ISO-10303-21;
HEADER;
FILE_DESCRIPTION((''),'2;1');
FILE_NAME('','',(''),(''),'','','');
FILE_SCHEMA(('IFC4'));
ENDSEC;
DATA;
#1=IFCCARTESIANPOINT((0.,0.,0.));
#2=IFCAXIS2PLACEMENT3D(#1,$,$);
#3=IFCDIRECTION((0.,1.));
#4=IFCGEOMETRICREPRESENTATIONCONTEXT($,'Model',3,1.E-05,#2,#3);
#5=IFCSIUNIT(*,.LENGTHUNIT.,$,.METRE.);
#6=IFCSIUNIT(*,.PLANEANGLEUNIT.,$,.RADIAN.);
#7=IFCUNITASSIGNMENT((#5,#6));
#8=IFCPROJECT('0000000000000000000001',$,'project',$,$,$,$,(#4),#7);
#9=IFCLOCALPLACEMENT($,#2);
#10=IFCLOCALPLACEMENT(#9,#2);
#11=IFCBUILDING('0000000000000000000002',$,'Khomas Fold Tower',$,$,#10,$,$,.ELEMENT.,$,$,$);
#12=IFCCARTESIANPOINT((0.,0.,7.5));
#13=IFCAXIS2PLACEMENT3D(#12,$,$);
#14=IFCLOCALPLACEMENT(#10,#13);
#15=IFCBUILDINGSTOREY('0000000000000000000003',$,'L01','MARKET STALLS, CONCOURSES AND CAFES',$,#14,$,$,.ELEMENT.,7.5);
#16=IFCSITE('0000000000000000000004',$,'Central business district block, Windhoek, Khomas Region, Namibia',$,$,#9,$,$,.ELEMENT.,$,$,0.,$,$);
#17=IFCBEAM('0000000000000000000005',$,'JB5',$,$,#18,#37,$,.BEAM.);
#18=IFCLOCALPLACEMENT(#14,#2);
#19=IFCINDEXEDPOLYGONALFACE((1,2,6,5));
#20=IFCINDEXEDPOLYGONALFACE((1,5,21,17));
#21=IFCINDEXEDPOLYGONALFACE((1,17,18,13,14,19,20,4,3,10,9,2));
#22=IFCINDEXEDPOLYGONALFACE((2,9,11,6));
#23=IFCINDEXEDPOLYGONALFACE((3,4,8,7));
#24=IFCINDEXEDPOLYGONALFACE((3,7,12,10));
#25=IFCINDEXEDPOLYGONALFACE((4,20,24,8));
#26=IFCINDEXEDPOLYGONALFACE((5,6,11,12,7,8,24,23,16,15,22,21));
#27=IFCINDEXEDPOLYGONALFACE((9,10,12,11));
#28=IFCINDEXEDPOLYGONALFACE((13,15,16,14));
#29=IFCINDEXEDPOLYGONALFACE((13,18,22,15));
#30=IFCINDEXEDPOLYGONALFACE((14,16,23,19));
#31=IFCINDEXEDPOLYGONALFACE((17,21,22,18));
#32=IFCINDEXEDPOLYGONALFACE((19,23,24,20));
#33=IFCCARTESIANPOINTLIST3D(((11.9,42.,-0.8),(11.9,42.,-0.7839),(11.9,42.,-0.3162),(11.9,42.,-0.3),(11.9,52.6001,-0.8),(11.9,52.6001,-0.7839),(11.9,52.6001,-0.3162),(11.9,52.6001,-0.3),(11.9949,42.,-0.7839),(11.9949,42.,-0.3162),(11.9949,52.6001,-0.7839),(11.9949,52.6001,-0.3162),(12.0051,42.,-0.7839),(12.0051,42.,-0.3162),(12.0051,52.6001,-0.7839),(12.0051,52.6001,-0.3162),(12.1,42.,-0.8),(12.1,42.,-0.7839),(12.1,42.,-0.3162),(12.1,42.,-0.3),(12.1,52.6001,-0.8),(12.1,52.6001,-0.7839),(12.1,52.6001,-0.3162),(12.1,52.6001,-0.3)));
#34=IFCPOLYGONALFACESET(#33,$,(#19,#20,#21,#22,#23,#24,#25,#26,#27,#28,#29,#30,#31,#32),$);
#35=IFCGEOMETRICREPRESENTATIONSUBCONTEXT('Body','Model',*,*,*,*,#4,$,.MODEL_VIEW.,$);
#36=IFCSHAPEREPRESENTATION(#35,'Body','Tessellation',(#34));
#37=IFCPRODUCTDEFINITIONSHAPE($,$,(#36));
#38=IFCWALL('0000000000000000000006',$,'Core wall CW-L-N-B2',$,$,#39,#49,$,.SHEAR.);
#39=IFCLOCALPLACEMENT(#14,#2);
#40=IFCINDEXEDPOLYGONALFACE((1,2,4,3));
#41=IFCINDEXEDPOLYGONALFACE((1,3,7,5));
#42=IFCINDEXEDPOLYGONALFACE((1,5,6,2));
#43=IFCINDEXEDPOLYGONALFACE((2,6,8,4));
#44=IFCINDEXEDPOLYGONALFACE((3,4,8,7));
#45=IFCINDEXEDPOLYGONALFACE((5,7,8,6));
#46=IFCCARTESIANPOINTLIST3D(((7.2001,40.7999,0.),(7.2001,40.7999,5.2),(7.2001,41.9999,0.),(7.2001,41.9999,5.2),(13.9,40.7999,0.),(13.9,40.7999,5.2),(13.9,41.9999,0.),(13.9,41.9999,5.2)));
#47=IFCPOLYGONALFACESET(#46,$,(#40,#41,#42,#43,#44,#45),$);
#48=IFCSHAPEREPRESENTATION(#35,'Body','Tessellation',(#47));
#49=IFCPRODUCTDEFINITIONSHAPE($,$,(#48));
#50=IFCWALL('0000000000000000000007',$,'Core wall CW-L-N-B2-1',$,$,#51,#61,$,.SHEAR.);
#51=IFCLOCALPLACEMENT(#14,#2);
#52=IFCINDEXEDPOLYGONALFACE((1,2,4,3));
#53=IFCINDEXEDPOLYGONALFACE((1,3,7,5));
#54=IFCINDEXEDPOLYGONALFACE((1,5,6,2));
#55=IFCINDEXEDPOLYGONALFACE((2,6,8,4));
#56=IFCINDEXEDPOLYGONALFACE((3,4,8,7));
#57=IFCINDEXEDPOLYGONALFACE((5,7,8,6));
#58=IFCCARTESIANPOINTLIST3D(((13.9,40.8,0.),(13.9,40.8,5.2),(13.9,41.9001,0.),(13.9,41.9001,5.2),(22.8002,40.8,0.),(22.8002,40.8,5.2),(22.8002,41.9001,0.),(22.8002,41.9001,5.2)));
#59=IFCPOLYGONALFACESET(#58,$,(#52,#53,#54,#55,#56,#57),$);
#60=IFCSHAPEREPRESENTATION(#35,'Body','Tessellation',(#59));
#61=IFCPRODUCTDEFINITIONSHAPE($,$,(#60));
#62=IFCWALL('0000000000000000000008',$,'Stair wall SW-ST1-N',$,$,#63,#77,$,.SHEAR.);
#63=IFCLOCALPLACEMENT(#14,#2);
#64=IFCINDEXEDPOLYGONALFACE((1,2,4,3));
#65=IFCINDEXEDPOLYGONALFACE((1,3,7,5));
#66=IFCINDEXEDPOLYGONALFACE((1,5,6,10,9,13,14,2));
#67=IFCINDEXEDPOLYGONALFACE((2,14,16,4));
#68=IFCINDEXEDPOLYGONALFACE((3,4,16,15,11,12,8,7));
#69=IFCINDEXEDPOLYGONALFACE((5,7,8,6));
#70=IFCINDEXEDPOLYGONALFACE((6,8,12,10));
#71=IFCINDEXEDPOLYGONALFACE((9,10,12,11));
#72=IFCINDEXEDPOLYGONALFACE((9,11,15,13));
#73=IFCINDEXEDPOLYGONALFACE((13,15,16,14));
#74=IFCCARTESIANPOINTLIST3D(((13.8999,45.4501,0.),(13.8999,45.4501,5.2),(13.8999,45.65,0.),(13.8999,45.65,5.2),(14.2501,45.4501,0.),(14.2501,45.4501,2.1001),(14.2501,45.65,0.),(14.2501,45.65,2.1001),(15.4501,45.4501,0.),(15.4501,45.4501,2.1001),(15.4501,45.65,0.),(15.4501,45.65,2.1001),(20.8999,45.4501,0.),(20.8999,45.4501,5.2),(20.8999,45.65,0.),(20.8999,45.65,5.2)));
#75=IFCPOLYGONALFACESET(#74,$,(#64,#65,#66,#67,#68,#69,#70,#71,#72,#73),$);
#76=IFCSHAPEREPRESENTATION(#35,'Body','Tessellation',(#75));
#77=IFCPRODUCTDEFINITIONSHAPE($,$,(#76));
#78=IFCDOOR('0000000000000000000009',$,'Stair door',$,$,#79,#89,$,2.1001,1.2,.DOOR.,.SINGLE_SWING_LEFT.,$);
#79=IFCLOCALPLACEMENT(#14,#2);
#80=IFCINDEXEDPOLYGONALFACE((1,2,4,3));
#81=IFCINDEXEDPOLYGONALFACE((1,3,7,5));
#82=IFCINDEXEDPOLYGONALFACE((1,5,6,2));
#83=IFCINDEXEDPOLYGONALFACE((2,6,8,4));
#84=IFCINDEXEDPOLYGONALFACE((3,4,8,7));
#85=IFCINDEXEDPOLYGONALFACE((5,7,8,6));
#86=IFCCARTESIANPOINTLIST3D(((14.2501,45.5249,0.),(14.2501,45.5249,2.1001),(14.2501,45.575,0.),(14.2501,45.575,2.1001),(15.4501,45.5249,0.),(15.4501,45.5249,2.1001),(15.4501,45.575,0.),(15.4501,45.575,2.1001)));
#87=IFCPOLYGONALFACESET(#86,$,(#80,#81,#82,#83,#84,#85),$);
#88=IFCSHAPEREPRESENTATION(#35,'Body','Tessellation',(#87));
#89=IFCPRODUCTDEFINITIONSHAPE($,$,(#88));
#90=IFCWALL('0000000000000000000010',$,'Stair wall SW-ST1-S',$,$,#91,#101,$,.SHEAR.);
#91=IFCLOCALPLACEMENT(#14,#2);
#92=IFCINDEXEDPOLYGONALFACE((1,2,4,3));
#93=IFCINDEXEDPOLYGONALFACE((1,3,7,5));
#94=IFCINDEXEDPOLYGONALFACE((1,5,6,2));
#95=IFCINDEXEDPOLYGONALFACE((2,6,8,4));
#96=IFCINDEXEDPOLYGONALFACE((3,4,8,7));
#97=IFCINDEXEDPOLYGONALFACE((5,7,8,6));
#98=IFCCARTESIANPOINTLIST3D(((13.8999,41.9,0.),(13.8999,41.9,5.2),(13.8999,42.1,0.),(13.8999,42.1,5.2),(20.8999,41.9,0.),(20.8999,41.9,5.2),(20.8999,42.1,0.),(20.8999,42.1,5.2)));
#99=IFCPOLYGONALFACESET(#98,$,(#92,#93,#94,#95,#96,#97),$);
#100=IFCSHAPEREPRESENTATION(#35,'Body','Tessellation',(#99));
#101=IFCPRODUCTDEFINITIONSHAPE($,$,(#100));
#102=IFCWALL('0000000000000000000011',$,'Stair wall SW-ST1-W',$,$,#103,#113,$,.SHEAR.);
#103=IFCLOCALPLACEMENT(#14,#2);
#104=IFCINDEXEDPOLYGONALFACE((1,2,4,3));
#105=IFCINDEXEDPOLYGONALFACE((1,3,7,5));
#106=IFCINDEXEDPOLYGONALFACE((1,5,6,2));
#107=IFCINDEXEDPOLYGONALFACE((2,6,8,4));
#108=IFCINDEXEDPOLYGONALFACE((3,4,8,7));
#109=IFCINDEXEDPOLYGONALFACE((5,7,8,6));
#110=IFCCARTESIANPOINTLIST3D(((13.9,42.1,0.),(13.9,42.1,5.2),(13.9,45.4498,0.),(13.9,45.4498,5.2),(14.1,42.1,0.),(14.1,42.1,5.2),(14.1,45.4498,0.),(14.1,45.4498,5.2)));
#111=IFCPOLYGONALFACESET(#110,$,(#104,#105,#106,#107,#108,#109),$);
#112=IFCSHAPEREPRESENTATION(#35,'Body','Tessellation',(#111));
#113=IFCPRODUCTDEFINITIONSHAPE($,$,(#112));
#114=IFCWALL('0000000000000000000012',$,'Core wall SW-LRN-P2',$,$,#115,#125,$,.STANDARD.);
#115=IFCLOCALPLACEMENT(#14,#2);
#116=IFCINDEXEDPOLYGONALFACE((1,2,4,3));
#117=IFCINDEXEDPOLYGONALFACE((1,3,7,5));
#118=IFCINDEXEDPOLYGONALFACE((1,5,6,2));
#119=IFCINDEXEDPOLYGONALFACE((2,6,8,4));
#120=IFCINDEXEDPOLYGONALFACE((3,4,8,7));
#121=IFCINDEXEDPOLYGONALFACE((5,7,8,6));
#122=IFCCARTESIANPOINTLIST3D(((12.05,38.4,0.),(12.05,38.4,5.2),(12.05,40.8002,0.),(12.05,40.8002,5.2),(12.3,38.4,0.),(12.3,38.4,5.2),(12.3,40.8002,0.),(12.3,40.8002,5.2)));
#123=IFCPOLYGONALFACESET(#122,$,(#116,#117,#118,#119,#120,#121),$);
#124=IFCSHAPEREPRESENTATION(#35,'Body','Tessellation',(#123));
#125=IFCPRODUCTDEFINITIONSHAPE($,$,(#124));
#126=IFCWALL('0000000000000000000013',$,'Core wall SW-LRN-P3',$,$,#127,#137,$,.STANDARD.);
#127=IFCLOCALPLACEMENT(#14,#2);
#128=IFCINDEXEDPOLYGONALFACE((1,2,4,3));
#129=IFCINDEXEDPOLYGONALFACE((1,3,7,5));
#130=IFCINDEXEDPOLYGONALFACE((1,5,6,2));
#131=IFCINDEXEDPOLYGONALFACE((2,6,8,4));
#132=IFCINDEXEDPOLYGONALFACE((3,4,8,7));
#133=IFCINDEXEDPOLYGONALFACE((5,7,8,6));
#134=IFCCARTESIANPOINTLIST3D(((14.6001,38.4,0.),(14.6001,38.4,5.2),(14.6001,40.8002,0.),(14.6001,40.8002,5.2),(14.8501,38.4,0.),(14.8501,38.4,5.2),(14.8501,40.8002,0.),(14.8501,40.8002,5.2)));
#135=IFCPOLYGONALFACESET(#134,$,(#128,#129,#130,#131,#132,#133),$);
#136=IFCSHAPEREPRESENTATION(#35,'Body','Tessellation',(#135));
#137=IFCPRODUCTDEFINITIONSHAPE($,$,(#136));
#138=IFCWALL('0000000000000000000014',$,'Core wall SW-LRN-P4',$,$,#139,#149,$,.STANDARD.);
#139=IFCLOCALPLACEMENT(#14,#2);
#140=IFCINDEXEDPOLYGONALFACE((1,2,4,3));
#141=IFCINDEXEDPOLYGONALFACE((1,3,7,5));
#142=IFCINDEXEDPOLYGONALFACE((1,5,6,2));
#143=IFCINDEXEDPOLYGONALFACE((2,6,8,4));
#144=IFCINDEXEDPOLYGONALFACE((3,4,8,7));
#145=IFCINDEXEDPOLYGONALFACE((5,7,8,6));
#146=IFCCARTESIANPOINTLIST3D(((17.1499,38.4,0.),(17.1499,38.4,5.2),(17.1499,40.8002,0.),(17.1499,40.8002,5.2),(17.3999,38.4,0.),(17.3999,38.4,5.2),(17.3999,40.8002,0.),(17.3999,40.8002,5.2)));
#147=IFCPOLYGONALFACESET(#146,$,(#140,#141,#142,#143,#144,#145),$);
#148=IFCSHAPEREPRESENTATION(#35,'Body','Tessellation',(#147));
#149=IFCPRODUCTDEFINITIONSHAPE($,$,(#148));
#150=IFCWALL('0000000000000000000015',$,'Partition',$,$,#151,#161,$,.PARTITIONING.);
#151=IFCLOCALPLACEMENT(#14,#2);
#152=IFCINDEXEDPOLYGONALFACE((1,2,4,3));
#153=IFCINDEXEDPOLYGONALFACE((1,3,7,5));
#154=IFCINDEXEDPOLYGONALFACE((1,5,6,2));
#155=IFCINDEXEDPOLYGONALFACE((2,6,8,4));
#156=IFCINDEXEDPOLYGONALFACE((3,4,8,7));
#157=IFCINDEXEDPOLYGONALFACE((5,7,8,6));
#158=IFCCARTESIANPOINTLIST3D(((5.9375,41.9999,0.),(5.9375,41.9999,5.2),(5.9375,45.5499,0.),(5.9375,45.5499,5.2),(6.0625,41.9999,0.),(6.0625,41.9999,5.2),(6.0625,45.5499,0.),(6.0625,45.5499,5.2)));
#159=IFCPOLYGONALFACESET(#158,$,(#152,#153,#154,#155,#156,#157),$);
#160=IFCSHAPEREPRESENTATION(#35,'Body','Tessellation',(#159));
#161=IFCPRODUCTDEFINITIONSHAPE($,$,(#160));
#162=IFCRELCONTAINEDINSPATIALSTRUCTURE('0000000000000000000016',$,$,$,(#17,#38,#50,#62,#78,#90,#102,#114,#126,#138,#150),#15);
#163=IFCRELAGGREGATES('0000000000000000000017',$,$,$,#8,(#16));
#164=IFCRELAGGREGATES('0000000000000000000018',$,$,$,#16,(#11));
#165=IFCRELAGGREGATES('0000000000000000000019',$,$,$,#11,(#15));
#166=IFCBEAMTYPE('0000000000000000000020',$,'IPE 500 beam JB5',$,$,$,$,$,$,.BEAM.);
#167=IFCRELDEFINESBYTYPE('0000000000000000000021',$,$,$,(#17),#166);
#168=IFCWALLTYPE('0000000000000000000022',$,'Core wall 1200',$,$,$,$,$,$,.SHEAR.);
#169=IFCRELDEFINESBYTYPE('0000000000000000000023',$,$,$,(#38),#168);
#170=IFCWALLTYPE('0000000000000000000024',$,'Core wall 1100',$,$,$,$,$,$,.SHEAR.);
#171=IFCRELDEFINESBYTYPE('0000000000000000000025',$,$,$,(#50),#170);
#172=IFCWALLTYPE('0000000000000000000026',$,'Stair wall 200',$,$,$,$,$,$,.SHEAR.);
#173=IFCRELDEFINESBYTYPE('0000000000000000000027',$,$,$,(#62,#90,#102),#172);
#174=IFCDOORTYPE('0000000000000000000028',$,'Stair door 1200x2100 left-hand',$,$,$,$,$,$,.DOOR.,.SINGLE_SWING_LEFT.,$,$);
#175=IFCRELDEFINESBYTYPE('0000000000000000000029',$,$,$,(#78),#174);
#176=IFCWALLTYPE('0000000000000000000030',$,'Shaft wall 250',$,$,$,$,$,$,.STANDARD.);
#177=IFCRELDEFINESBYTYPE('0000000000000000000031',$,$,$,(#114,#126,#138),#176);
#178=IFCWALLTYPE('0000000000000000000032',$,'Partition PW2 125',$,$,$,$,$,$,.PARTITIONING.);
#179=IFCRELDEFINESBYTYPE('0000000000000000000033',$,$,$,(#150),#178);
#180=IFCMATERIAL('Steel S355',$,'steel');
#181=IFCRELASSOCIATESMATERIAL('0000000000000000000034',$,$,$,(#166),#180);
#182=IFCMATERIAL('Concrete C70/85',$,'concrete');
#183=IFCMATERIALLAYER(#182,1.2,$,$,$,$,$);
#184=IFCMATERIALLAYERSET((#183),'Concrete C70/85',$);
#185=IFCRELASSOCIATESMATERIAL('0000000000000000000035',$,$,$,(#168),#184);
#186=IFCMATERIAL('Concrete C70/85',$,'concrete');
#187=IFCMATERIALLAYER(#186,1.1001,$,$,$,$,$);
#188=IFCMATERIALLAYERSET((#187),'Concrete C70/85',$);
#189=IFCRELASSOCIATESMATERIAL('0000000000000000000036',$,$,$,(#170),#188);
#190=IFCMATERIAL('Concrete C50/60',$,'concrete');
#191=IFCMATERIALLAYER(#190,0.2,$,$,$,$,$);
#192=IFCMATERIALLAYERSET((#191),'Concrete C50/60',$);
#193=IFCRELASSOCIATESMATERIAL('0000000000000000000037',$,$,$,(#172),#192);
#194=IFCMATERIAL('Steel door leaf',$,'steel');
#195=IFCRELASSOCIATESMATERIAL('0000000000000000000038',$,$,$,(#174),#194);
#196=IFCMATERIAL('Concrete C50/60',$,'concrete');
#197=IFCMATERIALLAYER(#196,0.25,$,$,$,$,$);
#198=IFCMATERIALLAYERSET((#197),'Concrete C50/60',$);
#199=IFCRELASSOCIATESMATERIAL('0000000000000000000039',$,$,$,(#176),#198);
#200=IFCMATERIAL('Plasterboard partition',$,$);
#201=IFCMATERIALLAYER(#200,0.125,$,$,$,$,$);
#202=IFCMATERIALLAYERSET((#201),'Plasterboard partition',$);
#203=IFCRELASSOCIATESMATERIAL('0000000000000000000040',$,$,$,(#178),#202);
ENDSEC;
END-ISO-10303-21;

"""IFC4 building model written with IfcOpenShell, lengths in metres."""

from ifc_helpers import new_model, si_unit, direction, frame, frame_2d, origin, origin_2d, place, context, subcontext, project, spatial, rectangle, i_section, extrude, source, transform, mapped, material, layer, layer_set, material_profile, profile_set, type_object, element, fill, save


model = new_model("IFC4")

# Units and contexts
model_context = context("Model", 3, precision=1e-05, world=origin(), true_north=direction((0.0, 1.0)))
body_context = subcontext(model_context, "Body", "Model", "MODEL_VIEW")
ifc_project = project(units=[si_unit("LENGTHUNIT", "METRE"), si_unit("PLANEANGLEUNIT", "RADIAN")], contexts=[model_context])

# Site, building, storey
site_placement = place(None, origin())
site = spatial("IfcSite", under=ifc_project, at=site_placement, Name="Central business district block, Windhoek, Khomas Region, Namibia", CompositionType="ELEMENT", RefElevation=0.0)
building_placement = place(site_placement, origin())
building = spatial("IfcBuilding", under=site, at=building_placement, Name="Khomas Fold Tower", CompositionType="ELEMENT")
storey_placement = place(building_placement, frame((0.0, 0.0, 7.5)))
storey = spatial("IfcBuildingStorey", under=building, at=storey_placement, Name="L01", Description="MARKET STALLS, CONCOURSES AND CAFES", CompositionType="ELEMENT", Elevation=7.5)

# Beam
ifc_material_1 = material(Name="Steel S355", Category="steel")
ifc_material_profile = material_profile(ifc_material_1, i_section(OverallWidth=0.2, OverallDepth=0.5, WebThickness=0.0103, FlangeThickness=0.0161, at=origin_2d()), Name="IPE 500")
ifc_profile_set = profile_set([ifc_material_profile], Name="Steel S355")
beam_type = type_object("IfcBeamType", Name="IPE 500 beam JB5", PredefinedType="BEAM", material=ifc_profile_set)
shared_shape_1 = source(origin(), body_context, "Body", "SweptSolid", [
    extrude(i_section(OverallWidth=0.2, OverallDepth=0.5, WebThickness=0.0103, FlangeThickness=0.0161, at=origin_2d()), origin(), (0.0, 0.0, 1.0), 10.6001),
])
beam_placement = place(storey_placement, frame((12.0, 42.0, -0.55), z_axis=(0.0, 1.0, 0.0), x_axis=(-1.0, 0.0, 0.0)))
element("IfcBeam", 1, at=beam_placement, inside=storey, type_object=beam_type, Name="JB5", PredefinedType="BEAM", context=body_context, shape_type="MappedRepresentation", body=[
    mapped(shared_shape_1, transform((0.0, 0.0, 0.0))),
])

# Walls
ifc_material_2 = material(Name="Concrete C70/85", Category="concrete")
ifc_layer_1 = layer(ifc_material_2, 1.2)
ifc_layer_set_1 = layer_set([ifc_layer_1], Name="Concrete C70/85")
wall_type_1 = type_object("IfcWallType", Name="Core wall 1200", PredefinedType="SHEAR", material=ifc_layer_set_1)
shared_shape_2 = source(origin(), body_context, "Body", "SweptSolid", [
    extrude(rectangle(XDim=6.7, YDim=1.2, at=frame_2d((3.3501, 0.0))), origin(), (0.0, 0.0, 1.0), 5.2),
])
wall_1_placement = place(storey_placement, frame((7.2, 41.3999, 0.0), z_axis=(0.0, 0.0, 1.0), x_axis=(1.0, 0.0, 0.0)))
element("IfcWall", 2, at=wall_1_placement, inside=storey, type_object=wall_type_1, Name="Core wall CW-L-N-B2", PredefinedType="SHEAR", context=body_context, shape_type="MappedRepresentation", body=[
    mapped(shared_shape_2, transform((0.0, 0.0, 0.0))),
])
ifc_material_3 = material(Name="Concrete C70/85", Category="concrete")
ifc_layer_2 = layer(ifc_material_3, 1.1001)
ifc_layer_set_2 = layer_set([ifc_layer_2], Name="Concrete C70/85")
wall_type_2 = type_object("IfcWallType", Name="Core wall 1100", PredefinedType="SHEAR", material=ifc_layer_set_2)
shared_shape_3 = source(origin(), body_context, "Body", "SweptSolid", [
    extrude(rectangle(XDim=8.9001, YDim=1.1001, at=frame_2d((4.4502, 0.0))), origin(), (0.0, 0.0, 1.0), 5.2),
])
wall_2_placement = place(storey_placement, frame((13.8999, 41.3501, 0.0), z_axis=(0.0, 0.0, 1.0), x_axis=(1.0, 0.0, 0.0)))
element("IfcWall", 3, at=wall_2_placement, inside=storey, type_object=wall_type_2, Name="Core wall CW-L-N-B2-1", PredefinedType="SHEAR", context=body_context, shape_type="MappedRepresentation", body=[
    mapped(shared_shape_3, transform((0.0, 0.0, 0.0))),
])

# Wall, opening, door
ifc_material_4 = material(Name="Concrete C50/60", Category="concrete")
ifc_layer_3 = layer(ifc_material_4, 0.2)
ifc_layer_set_3 = layer_set([ifc_layer_3], Name="Concrete C50/60")
wall_type_3 = type_object("IfcWallType", Name="Stair wall 200", PredefinedType="SHEAR", material=ifc_layer_set_3)
shared_shape_4 = source(origin(), body_context, "Body", "SweptSolid", [
    extrude(rectangle(XDim=7.0, YDim=0.2, at=frame_2d((3.5, 0.0))), origin(), (0.0, 0.0, 1.0), 5.2),
])
wall_3_placement = place(storey_placement, frame((13.8999, 45.55, 0.0), z_axis=(0.0, 0.0, 1.0), x_axis=(1.0, 0.0, 0.0)))
wall_3 = element("IfcWall", 4, at=wall_3_placement, inside=storey, type_object=wall_type_3, Name="Stair wall SW-ST1-N", PredefinedType="SHEAR", context=body_context, shape_type="MappedRepresentation", body=[
    mapped(shared_shape_4, transform((0.0, 0.0, 0.0))),
])
shared_shape_5 = source(origin(), body_context, "Body", "SweptSolid", [
    extrude(rectangle(XDim=1.2, YDim=2.1001, at=frame_2d((0.6001, 1.05))), frame((0.0, 0.1099, 0.0), z_axis=(0.0, -1.0, 0.0), x_axis=(1.0, 0.0, 0.0)), (0.0, 0.0, 1.0), 0.22),
])
opening_placement = place(wall_3_placement, frame((0.3501, 0.0, 0.0)))
opening = element("IfcOpeningElement", 5, at=opening_placement, cuts=wall_3, PredefinedType="OPENING", context=body_context, shape_type="MappedRepresentation", body=[
    mapped(shared_shape_5, transform((0.0, 0.0, 0.0))),
])
ifc_material_5 = material(Name="Steel door leaf", Category="steel")
door_type = type_object("IfcDoorType", Name="Stair door 1200x2100 left-hand", OperationType="SINGLE_SWING_LEFT", PredefinedType="DOOR", material=ifc_material_5)
shared_shape_6 = source(origin(), body_context, "Body", "SweptSolid", [
    extrude(rectangle(XDim=1.2, YDim=2.1001, at=frame_2d((0.6001, 1.05))), frame((0.0, 0.0249, 0.0), z_axis=(0.0, -1.0, 0.0), x_axis=(1.0, 0.0, 0.0)), (0.0, 0.0, 1.0), 0.05),
])
door_placement = place(opening_placement, origin())
door = element("IfcDoor", 6, at=door_placement, inside=storey, type_object=door_type, Name="Stair door", OperationType="SINGLE_SWING_LEFT", OverallHeight=2.1001, OverallWidth=1.2, PredefinedType="DOOR", context=body_context, shape_type="MappedRepresentation", body=[
    mapped(shared_shape_6, transform((0.0, 0.0, 0.0))),
])
fill(opening, door)

# Walls
wall_4_placement = place(storey_placement, frame((13.8999, 42.0, 0.0), z_axis=(0.0, 0.0, 1.0), x_axis=(1.0, 0.0, 0.0)))
element("IfcWall", 7, at=wall_4_placement, inside=storey, type_object=wall_type_3, Name="Stair wall SW-ST1-S", PredefinedType="SHEAR", context=body_context, shape_type="MappedRepresentation", body=[
    mapped(shared_shape_4, transform((0.0, 0.0, 0.0))),
])
shared_shape_7 = source(origin(), body_context, "Body", "SweptSolid", [
    extrude(rectangle(XDim=3.3499, YDim=0.2, at=frame_2d((1.6748, 0.0))), origin(), (0.0, 0.0, 1.0), 5.2),
])
wall_5_placement = place(storey_placement, frame((14.0, 42.1001, 0.0), z_axis=(0.0, 0.0, 1.0), x_axis=(0.0, 1.0, 0.0)))
element("IfcWall", 8, at=wall_5_placement, inside=storey, type_object=wall_type_3, Name="Stair wall SW-ST1-W", PredefinedType="SHEAR", context=body_context, shape_type="MappedRepresentation", body=[
    mapped(shared_shape_7, transform((0.0, 0.0, 0.0))),
])
ifc_material_6 = material(Name="Concrete C50/60", Category="concrete")
ifc_layer_4 = layer(ifc_material_6, 0.25)
ifc_layer_set_4 = layer_set([ifc_layer_4], Name="Concrete C50/60")
wall_type_4 = type_object("IfcWallType", Name="Shaft wall 250", PredefinedType="STANDARD", material=ifc_layer_set_4)
shared_shape_8 = source(origin(), body_context, "Body", "SweptSolid", [
    extrude(rectangle(XDim=2.4001, YDim=0.25, at=frame_2d((1.2002, 0.0))), origin(), (0.0, 0.0, 1.0), 5.2),
])
for number, where, z_axis, x_axis, name in (
    (9, (12.175, 38.3999, 0.0), (0.0, 0.0, 1.0), (0.0, 1.0, 0.0), "Core wall SW-LRN-P2"),
    (10, (14.7251, 38.3999, 0.0), (0.0, 0.0, 1.0), (0.0, 1.0, 0.0), "Core wall SW-LRN-P3"),
    (11, (17.2749, 38.3999, 0.0), (0.0, 0.0, 1.0), (0.0, 1.0, 0.0), "Core wall SW-LRN-P4"),
):
    element("IfcWall", number, at=place(storey_placement, frame(where, z_axis=z_axis, x_axis=x_axis)), inside=storey, type_object=wall_type_4, Name=name, PredefinedType="STANDARD", context=body_context, shape_type="MappedRepresentation", body=[
        mapped(shared_shape_8, transform((0.0, 0.0, 0.0))),
    ])
ifc_material_7 = material(Name="Plasterboard partition")
ifc_layer_5 = layer(ifc_material_7, 0.125)
ifc_layer_set_5 = layer_set([ifc_layer_5], Name="Plasterboard partition")
wall_type_5 = type_object("IfcWallType", Name="Partition PW2 125", PredefinedType="PARTITIONING", material=ifc_layer_set_5)
shared_shape_9 = source(origin(), body_context, "Body", "SweptSolid", [
    extrude(rectangle(XDim=3.55, YDim=0.125, at=frame_2d((1.7749, 0.0))), origin(), (0.0, 0.0, 1.0), 5.2),
])
wall_6_placement = place(storey_placement, frame((6.0, 42.0, 0.0), z_axis=(0.0, 0.0, 1.0), x_axis=(0.0, 1.0, 0.0)))
element("IfcWall", 12, at=wall_6_placement, inside=storey, type_object=wall_type_5, Name="Partition", PredefinedType="PARTITIONING", context=body_context, shape_type="MappedRepresentation", body=[
    mapped(shared_shape_9, transform((0.0, 0.0, 0.0))),
])

save(model, "model.ifc")
